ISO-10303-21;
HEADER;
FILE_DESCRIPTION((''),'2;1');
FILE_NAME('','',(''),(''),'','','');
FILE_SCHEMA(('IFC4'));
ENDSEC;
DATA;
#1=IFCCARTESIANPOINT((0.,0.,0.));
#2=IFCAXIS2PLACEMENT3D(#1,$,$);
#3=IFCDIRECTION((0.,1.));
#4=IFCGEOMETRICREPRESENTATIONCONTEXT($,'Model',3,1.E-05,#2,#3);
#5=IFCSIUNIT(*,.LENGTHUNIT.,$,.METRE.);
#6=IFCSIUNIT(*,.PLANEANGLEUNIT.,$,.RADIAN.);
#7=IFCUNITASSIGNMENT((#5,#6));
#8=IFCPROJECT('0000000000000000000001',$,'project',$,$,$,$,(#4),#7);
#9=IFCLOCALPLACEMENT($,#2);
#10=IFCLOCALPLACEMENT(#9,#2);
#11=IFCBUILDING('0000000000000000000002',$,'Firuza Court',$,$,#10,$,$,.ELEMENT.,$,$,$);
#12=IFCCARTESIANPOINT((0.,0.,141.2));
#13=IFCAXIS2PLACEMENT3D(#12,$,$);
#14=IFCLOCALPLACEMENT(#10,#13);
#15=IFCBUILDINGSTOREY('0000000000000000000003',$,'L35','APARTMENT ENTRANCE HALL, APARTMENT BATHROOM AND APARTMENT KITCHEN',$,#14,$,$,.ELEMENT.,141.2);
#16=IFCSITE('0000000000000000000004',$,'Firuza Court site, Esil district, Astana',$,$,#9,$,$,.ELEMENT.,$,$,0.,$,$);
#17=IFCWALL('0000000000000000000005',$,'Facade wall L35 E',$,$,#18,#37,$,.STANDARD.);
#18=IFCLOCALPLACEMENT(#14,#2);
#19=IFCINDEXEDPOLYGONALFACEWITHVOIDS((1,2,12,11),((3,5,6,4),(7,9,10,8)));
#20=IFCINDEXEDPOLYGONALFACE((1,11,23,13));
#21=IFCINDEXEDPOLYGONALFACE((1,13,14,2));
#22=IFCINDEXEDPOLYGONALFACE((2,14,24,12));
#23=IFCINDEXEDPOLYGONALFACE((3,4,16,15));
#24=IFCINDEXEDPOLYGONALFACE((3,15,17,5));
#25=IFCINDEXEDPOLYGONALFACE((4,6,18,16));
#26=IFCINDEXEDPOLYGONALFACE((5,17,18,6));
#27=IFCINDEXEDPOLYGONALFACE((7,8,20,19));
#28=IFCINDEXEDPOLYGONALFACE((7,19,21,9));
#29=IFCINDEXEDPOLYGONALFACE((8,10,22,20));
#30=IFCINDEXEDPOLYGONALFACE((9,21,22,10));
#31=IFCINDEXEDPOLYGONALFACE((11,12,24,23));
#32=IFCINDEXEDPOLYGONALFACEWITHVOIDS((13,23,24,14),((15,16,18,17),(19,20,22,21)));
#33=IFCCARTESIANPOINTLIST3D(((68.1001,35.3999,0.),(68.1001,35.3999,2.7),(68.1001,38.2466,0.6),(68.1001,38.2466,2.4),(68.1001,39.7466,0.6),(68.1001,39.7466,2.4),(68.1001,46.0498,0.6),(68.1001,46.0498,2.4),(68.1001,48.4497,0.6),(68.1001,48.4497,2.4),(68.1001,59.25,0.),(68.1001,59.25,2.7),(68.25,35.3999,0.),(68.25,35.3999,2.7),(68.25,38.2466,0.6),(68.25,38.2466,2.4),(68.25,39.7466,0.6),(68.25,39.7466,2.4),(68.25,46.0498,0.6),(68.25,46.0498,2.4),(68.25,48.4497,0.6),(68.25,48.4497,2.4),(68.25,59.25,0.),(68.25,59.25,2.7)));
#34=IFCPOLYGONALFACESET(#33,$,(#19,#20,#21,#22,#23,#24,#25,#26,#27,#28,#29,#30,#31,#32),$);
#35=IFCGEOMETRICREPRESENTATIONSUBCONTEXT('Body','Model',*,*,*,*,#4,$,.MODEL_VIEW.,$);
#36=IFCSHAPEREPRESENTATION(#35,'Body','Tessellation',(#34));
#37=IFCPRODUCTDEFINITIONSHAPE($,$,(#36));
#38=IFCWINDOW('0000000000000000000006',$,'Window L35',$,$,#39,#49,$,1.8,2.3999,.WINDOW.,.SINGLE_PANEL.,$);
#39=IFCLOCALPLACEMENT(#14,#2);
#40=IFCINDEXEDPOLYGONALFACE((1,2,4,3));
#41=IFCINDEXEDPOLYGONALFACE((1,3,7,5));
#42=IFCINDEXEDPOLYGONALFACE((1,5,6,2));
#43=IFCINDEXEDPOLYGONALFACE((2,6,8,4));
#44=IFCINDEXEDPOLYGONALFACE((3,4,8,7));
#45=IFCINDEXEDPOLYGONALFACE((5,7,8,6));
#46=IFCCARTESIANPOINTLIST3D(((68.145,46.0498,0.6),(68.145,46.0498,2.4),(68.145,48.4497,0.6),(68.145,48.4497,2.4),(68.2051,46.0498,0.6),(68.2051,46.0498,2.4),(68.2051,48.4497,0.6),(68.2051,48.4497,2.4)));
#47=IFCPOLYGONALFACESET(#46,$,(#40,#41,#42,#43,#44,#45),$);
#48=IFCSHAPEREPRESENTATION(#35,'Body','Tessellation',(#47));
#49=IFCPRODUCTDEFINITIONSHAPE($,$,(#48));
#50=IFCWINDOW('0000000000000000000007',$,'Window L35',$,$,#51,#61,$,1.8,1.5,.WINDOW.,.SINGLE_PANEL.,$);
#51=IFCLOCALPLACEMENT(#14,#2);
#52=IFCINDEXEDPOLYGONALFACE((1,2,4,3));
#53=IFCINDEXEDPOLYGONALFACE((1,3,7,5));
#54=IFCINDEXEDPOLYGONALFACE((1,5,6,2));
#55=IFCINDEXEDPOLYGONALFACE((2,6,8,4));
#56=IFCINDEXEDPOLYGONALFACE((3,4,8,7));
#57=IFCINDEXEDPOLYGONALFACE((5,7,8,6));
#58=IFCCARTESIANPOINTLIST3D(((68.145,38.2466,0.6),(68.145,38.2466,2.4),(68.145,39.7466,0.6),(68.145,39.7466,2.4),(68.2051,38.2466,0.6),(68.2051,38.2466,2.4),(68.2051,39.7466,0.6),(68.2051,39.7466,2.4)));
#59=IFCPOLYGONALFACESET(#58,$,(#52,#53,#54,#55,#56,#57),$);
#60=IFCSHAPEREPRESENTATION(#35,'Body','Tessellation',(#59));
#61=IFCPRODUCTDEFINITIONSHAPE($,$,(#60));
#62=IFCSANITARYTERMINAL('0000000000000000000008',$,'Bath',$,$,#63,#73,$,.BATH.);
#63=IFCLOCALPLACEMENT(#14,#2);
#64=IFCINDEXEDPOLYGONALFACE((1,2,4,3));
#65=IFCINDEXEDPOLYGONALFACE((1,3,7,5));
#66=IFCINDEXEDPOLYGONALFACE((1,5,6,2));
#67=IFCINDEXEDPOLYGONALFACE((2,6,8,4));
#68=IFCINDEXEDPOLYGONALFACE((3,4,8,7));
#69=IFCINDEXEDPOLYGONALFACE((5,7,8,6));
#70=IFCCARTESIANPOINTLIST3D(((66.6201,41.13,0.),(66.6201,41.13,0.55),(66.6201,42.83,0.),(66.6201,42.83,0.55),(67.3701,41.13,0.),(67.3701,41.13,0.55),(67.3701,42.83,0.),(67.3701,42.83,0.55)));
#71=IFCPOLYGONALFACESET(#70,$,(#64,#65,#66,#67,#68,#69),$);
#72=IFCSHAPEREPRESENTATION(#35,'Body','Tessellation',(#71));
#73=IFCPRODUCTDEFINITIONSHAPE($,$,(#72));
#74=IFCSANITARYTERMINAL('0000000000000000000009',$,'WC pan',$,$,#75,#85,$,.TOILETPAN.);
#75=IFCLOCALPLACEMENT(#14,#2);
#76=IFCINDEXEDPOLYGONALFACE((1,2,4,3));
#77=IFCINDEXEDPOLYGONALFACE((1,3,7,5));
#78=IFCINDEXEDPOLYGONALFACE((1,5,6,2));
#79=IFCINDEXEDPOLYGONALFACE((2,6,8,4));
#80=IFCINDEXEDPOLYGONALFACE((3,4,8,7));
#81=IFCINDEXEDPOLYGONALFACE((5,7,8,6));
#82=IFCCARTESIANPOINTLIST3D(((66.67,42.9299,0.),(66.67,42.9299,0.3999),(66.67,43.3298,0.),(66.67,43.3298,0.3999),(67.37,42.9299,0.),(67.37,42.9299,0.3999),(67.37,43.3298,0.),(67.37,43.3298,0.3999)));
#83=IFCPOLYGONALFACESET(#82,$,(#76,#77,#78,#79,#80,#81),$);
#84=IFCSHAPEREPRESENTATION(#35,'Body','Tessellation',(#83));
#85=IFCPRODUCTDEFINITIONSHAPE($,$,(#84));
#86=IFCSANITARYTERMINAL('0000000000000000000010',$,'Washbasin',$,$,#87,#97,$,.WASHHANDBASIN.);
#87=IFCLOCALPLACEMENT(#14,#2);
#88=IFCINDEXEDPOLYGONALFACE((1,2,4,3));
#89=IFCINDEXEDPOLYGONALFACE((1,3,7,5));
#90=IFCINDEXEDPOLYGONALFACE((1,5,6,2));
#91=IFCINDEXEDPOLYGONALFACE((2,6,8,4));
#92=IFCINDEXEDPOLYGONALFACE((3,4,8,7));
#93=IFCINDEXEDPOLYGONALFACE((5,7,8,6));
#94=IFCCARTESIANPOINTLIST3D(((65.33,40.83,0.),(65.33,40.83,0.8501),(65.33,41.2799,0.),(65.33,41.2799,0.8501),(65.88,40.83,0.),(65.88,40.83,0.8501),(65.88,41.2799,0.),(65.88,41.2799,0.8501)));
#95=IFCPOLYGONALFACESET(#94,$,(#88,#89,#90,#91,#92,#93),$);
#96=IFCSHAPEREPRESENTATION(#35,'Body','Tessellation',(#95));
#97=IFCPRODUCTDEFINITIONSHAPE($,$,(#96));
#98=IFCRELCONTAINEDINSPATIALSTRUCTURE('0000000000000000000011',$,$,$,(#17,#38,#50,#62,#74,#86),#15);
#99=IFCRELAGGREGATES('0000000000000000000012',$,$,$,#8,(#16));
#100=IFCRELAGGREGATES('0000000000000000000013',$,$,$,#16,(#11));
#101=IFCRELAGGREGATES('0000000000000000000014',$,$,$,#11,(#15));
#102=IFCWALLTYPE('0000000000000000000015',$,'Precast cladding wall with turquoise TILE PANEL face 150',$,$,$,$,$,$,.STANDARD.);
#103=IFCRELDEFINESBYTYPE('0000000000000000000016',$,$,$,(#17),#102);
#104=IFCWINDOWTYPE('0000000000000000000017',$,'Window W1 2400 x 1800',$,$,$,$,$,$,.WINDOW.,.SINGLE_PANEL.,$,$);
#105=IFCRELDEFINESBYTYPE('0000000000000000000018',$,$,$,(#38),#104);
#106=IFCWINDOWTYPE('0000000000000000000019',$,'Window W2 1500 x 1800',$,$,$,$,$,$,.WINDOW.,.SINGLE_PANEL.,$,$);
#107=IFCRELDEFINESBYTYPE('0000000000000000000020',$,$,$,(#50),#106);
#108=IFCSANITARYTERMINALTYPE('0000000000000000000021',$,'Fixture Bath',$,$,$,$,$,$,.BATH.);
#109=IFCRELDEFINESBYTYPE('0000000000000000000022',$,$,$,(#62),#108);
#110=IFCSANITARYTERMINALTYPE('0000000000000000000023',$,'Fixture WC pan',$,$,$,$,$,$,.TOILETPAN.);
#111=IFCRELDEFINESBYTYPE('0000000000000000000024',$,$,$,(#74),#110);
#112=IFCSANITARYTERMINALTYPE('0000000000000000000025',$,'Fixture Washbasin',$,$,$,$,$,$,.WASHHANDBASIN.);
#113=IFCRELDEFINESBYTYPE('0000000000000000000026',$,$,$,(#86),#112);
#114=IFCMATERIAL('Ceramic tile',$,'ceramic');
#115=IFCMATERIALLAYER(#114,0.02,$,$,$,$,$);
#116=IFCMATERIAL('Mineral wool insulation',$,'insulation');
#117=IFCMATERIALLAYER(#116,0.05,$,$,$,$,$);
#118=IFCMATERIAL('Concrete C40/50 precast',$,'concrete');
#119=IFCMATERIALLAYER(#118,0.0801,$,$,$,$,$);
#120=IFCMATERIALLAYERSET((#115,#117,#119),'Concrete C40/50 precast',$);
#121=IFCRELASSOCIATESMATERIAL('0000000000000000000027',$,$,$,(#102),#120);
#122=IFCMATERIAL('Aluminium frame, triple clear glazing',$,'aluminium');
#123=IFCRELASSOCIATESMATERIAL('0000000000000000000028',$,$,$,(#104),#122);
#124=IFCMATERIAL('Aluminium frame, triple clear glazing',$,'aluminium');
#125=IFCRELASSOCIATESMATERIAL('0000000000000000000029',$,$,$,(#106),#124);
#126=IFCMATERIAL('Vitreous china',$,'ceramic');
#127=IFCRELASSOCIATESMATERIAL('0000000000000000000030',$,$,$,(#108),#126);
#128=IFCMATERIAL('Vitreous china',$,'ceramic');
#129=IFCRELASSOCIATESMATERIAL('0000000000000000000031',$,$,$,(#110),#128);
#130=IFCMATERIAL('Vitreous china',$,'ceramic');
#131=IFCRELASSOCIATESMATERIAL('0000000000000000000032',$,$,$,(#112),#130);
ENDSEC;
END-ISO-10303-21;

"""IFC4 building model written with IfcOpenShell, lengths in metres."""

from ifc_helpers import new_model, si_unit, direction, frame, frame_2d, origin, origin_2d, place, context, subcontext, project, spatial, rectangle, extrude, material, layer, layer_set, type_object, element, fill, save


model = new_model("IFC4")

# Units and contexts
model_context = context("Model", 3, precision=1e-05, world=origin(), true_north=direction((0.0, 1.0)))
body_context = subcontext(model_context, "Body", "Model", "MODEL_VIEW")
ifc_project = project(units=[si_unit("LENGTHUNIT", "METRE"), si_unit("PLANEANGLEUNIT", "RADIAN")], contexts=[model_context])

# Site, building, storey
site_placement = place(None, origin())
site = spatial("IfcSite", under=ifc_project, at=site_placement, Name="Firuza Court site, Esil district, Astana", CompositionType="ELEMENT", RefElevation=0.0)
building_placement = place(site_placement, origin())
building = spatial("IfcBuilding", under=site, at=building_placement, Name="Firuza Court", CompositionType="ELEMENT")
storey_placement = place(building_placement, frame((0.0, 0.0, 141.2)))
storey = spatial("IfcBuildingStorey", under=building, at=storey_placement, Name="L35", Description="APARTMENT ENTRANCE HALL, APARTMENT BATHROOM AND APARTMENT KITCHEN", CompositionType="ELEMENT", Elevation=141.2)

# Wall, openings, windows
ifc_material_1 = material(Name="Ceramic tile", Category="ceramic")
ifc_layer_1 = layer(ifc_material_1, 0.02)
ifc_material_2 = material(Name="Mineral wool insulation", Category="insulation")
ifc_layer_2 = layer(ifc_material_2, 0.05)
ifc_material_3 = material(Name="Concrete C40/50 precast", Category="concrete")
ifc_layer_3 = layer(ifc_material_3, 0.0801)
ifc_layer_set_1 = layer_set([ifc_layer_1, ifc_layer_2, ifc_layer_3], Name="Concrete C40/50 precast")
wall_type_1 = type_object("IfcWallType", Name="Precast cladding wall with turquoise TILE PANEL face 150", PredefinedType="STANDARD", material=ifc_layer_set_1)
wall_1_placement = place(storey_placement, frame((68.175, 35.3999, 0.0), z_axis=(0.0, 0.0, 1.0), x_axis=(0.0, 1.0, 0.0)))
wall_1 = element("IfcWall", 1, at=wall_1_placement, inside=storey, type_object=wall_type_1, Name="Facade wall L35 E", PredefinedType="STANDARD", context=body_context, shape_type="SweptSolid", body=[
    extrude(rectangle(XDim=23.8501, YDim=0.1499, at=frame_2d((11.925, 0.0))), origin(), (0.0, 0.0, 1.0), 2.7),
])
opening_1_placement = place(wall_1_placement, frame((2.8467, 0.0, 0.6001)))
opening_1 = element("IfcOpeningElement", 2, at=opening_1_placement, cuts=wall_1, PredefinedType="OPENING", context=body_context, shape_type="SweptSolid", body=[
    extrude(rectangle(XDim=1.5, YDim=1.8, at=frame_2d((0.75, 0.8999))), frame((0.0, 0.0869, 0.0), z_axis=(0.0, -1.0, 0.0), x_axis=(1.0, 0.0, 0.0)), (0.0, 0.0, 1.0), 0.1738),
])
opening_2_placement = place(wall_1_placement, frame((10.6499, 0.0, 0.6001)))
opening_2 = element("IfcOpeningElement", 3, at=opening_2_placement, cuts=wall_1, PredefinedType="OPENING", context=body_context, shape_type="SweptSolid", body=[
    extrude(rectangle(XDim=2.3999, YDim=1.8, at=frame_2d((1.2, 0.8999))), frame((0.0, 0.0869, 0.0), z_axis=(0.0, -1.0, 0.0), x_axis=(1.0, 0.0, 0.0)), (0.0, 0.0, 1.0), 0.1738),
])
ifc_material_4 = material(Name="Aluminium frame, triple clear glazing", Category="aluminium")
window_type_1 = type_object("IfcWindowType", Name="Window W1 2400 x 1800", PartitioningType="SINGLE_PANEL", PredefinedType="WINDOW", material=ifc_material_4)
window_1_placement = place(opening_2_placement, origin())
window_1 = element("IfcWindow", 4, at=window_1_placement, inside=storey, type_object=window_type_1, Name="Window L35", OverallHeight=1.8, OverallWidth=2.3999, PartitioningType="SINGLE_PANEL", PredefinedType="WINDOW", context=body_context, shape_type="SweptSolid", body=[
    extrude(rectangle(XDim=2.3999, YDim=1.8, at=frame_2d((1.2, 0.8999))), frame((0.0, 0.03, 0.0), z_axis=(0.0, -1.0, 0.0), x_axis=(1.0, 0.0, 0.0)), (0.0, 0.0, 1.0), 0.0601),
])
fill(opening_2, window_1)
ifc_material_5 = material(Name="Aluminium frame, triple clear glazing", Category="aluminium")
window_type_2 = type_object("IfcWindowType", Name="Window W2 1500 x 1800", PartitioningType="SINGLE_PANEL", PredefinedType="WINDOW", material=ifc_material_5)
window_2_placement = place(opening_1_placement, origin())
window_2 = element("IfcWindow", 5, at=window_2_placement, inside=storey, type_object=window_type_2, Name="Window L35", OverallHeight=1.8, OverallWidth=1.5, PartitioningType="SINGLE_PANEL", PredefinedType="WINDOW", context=body_context, shape_type="SweptSolid", body=[
    extrude(rectangle(XDim=1.5, YDim=1.8, at=frame_2d((0.75, 0.8999))), frame((0.0, 0.03, 0.0), z_axis=(0.0, -1.0, 0.0), x_axis=(1.0, 0.0, 0.0)), (0.0, 0.0, 1.0), 0.0601),
])
fill(opening_1, window_2)

# Sanitary terminals
ifc_material_6 = material(Name="Vitreous china", Category="ceramic")
sanitary_terminal_type_1 = type_object("IfcSanitaryTerminalType", Name="Fixture Bath", PredefinedType="BATH", material=ifc_material_6)
sanitary_terminal_1_placement = place(storey_placement, frame((66.9951, 41.98, 0.0), z_axis=(0.0, 0.0, 1.0), x_axis=(1.0, 0.0, 0.0)))
element("IfcSanitaryTerminal", 6, at=sanitary_terminal_1_placement, inside=storey, type_object=sanitary_terminal_type_1, Name="Bath", PredefinedType="BATH", context=body_context, shape_type="SweptSolid", body=[
    extrude(rectangle(XDim=0.75, YDim=1.7, at=origin_2d()), origin(), (0.0, 0.0, 1.0), 0.55),
])
ifc_material_7 = material(Name="Vitreous china", Category="ceramic")
sanitary_terminal_type_2 = type_object("IfcSanitaryTerminalType", Name="Fixture WC pan", PredefinedType="TOILETPAN", material=ifc_material_7)
sanitary_terminal_2_placement = place(storey_placement, frame((67.02, 43.1299, 0.0), z_axis=(0.0, 0.0, 1.0), x_axis=(1.0, 0.0, 0.0)))
element("IfcSanitaryTerminal", 7, at=sanitary_terminal_2_placement, inside=storey, type_object=sanitary_terminal_type_2, Name="WC pan", PredefinedType="TOILETPAN", context=body_context, shape_type="SweptSolid", body=[
    extrude(rectangle(XDim=0.7, YDim=0.3999, at=origin_2d()), origin(), (0.0, 0.0, 1.0), 0.3999),
])
ifc_material_8 = material(Name="Vitreous china", Category="ceramic")
sanitary_terminal_type_3 = type_object("IfcSanitaryTerminalType", Name="Fixture Washbasin", PredefinedType="WASHHANDBASIN", material=ifc_material_8)
sanitary_terminal_3_placement = place(storey_placement, frame((65.605, 41.0549, 0.0), z_axis=(0.0, 0.0, 1.0), x_axis=(1.0, 0.0, 0.0)))
element("IfcSanitaryTerminal", 8, at=sanitary_terminal_3_placement, inside=storey, type_object=sanitary_terminal_type_3, Name="Washbasin", PredefinedType="WASHHANDBASIN", context=body_context, shape_type="SweptSolid", body=[
    extrude(rectangle(XDim=0.55, YDim=0.45, at=origin_2d()), origin(), (0.0, 0.0, 1.0), 0.8501),
])

save(model, "model.ifc")
